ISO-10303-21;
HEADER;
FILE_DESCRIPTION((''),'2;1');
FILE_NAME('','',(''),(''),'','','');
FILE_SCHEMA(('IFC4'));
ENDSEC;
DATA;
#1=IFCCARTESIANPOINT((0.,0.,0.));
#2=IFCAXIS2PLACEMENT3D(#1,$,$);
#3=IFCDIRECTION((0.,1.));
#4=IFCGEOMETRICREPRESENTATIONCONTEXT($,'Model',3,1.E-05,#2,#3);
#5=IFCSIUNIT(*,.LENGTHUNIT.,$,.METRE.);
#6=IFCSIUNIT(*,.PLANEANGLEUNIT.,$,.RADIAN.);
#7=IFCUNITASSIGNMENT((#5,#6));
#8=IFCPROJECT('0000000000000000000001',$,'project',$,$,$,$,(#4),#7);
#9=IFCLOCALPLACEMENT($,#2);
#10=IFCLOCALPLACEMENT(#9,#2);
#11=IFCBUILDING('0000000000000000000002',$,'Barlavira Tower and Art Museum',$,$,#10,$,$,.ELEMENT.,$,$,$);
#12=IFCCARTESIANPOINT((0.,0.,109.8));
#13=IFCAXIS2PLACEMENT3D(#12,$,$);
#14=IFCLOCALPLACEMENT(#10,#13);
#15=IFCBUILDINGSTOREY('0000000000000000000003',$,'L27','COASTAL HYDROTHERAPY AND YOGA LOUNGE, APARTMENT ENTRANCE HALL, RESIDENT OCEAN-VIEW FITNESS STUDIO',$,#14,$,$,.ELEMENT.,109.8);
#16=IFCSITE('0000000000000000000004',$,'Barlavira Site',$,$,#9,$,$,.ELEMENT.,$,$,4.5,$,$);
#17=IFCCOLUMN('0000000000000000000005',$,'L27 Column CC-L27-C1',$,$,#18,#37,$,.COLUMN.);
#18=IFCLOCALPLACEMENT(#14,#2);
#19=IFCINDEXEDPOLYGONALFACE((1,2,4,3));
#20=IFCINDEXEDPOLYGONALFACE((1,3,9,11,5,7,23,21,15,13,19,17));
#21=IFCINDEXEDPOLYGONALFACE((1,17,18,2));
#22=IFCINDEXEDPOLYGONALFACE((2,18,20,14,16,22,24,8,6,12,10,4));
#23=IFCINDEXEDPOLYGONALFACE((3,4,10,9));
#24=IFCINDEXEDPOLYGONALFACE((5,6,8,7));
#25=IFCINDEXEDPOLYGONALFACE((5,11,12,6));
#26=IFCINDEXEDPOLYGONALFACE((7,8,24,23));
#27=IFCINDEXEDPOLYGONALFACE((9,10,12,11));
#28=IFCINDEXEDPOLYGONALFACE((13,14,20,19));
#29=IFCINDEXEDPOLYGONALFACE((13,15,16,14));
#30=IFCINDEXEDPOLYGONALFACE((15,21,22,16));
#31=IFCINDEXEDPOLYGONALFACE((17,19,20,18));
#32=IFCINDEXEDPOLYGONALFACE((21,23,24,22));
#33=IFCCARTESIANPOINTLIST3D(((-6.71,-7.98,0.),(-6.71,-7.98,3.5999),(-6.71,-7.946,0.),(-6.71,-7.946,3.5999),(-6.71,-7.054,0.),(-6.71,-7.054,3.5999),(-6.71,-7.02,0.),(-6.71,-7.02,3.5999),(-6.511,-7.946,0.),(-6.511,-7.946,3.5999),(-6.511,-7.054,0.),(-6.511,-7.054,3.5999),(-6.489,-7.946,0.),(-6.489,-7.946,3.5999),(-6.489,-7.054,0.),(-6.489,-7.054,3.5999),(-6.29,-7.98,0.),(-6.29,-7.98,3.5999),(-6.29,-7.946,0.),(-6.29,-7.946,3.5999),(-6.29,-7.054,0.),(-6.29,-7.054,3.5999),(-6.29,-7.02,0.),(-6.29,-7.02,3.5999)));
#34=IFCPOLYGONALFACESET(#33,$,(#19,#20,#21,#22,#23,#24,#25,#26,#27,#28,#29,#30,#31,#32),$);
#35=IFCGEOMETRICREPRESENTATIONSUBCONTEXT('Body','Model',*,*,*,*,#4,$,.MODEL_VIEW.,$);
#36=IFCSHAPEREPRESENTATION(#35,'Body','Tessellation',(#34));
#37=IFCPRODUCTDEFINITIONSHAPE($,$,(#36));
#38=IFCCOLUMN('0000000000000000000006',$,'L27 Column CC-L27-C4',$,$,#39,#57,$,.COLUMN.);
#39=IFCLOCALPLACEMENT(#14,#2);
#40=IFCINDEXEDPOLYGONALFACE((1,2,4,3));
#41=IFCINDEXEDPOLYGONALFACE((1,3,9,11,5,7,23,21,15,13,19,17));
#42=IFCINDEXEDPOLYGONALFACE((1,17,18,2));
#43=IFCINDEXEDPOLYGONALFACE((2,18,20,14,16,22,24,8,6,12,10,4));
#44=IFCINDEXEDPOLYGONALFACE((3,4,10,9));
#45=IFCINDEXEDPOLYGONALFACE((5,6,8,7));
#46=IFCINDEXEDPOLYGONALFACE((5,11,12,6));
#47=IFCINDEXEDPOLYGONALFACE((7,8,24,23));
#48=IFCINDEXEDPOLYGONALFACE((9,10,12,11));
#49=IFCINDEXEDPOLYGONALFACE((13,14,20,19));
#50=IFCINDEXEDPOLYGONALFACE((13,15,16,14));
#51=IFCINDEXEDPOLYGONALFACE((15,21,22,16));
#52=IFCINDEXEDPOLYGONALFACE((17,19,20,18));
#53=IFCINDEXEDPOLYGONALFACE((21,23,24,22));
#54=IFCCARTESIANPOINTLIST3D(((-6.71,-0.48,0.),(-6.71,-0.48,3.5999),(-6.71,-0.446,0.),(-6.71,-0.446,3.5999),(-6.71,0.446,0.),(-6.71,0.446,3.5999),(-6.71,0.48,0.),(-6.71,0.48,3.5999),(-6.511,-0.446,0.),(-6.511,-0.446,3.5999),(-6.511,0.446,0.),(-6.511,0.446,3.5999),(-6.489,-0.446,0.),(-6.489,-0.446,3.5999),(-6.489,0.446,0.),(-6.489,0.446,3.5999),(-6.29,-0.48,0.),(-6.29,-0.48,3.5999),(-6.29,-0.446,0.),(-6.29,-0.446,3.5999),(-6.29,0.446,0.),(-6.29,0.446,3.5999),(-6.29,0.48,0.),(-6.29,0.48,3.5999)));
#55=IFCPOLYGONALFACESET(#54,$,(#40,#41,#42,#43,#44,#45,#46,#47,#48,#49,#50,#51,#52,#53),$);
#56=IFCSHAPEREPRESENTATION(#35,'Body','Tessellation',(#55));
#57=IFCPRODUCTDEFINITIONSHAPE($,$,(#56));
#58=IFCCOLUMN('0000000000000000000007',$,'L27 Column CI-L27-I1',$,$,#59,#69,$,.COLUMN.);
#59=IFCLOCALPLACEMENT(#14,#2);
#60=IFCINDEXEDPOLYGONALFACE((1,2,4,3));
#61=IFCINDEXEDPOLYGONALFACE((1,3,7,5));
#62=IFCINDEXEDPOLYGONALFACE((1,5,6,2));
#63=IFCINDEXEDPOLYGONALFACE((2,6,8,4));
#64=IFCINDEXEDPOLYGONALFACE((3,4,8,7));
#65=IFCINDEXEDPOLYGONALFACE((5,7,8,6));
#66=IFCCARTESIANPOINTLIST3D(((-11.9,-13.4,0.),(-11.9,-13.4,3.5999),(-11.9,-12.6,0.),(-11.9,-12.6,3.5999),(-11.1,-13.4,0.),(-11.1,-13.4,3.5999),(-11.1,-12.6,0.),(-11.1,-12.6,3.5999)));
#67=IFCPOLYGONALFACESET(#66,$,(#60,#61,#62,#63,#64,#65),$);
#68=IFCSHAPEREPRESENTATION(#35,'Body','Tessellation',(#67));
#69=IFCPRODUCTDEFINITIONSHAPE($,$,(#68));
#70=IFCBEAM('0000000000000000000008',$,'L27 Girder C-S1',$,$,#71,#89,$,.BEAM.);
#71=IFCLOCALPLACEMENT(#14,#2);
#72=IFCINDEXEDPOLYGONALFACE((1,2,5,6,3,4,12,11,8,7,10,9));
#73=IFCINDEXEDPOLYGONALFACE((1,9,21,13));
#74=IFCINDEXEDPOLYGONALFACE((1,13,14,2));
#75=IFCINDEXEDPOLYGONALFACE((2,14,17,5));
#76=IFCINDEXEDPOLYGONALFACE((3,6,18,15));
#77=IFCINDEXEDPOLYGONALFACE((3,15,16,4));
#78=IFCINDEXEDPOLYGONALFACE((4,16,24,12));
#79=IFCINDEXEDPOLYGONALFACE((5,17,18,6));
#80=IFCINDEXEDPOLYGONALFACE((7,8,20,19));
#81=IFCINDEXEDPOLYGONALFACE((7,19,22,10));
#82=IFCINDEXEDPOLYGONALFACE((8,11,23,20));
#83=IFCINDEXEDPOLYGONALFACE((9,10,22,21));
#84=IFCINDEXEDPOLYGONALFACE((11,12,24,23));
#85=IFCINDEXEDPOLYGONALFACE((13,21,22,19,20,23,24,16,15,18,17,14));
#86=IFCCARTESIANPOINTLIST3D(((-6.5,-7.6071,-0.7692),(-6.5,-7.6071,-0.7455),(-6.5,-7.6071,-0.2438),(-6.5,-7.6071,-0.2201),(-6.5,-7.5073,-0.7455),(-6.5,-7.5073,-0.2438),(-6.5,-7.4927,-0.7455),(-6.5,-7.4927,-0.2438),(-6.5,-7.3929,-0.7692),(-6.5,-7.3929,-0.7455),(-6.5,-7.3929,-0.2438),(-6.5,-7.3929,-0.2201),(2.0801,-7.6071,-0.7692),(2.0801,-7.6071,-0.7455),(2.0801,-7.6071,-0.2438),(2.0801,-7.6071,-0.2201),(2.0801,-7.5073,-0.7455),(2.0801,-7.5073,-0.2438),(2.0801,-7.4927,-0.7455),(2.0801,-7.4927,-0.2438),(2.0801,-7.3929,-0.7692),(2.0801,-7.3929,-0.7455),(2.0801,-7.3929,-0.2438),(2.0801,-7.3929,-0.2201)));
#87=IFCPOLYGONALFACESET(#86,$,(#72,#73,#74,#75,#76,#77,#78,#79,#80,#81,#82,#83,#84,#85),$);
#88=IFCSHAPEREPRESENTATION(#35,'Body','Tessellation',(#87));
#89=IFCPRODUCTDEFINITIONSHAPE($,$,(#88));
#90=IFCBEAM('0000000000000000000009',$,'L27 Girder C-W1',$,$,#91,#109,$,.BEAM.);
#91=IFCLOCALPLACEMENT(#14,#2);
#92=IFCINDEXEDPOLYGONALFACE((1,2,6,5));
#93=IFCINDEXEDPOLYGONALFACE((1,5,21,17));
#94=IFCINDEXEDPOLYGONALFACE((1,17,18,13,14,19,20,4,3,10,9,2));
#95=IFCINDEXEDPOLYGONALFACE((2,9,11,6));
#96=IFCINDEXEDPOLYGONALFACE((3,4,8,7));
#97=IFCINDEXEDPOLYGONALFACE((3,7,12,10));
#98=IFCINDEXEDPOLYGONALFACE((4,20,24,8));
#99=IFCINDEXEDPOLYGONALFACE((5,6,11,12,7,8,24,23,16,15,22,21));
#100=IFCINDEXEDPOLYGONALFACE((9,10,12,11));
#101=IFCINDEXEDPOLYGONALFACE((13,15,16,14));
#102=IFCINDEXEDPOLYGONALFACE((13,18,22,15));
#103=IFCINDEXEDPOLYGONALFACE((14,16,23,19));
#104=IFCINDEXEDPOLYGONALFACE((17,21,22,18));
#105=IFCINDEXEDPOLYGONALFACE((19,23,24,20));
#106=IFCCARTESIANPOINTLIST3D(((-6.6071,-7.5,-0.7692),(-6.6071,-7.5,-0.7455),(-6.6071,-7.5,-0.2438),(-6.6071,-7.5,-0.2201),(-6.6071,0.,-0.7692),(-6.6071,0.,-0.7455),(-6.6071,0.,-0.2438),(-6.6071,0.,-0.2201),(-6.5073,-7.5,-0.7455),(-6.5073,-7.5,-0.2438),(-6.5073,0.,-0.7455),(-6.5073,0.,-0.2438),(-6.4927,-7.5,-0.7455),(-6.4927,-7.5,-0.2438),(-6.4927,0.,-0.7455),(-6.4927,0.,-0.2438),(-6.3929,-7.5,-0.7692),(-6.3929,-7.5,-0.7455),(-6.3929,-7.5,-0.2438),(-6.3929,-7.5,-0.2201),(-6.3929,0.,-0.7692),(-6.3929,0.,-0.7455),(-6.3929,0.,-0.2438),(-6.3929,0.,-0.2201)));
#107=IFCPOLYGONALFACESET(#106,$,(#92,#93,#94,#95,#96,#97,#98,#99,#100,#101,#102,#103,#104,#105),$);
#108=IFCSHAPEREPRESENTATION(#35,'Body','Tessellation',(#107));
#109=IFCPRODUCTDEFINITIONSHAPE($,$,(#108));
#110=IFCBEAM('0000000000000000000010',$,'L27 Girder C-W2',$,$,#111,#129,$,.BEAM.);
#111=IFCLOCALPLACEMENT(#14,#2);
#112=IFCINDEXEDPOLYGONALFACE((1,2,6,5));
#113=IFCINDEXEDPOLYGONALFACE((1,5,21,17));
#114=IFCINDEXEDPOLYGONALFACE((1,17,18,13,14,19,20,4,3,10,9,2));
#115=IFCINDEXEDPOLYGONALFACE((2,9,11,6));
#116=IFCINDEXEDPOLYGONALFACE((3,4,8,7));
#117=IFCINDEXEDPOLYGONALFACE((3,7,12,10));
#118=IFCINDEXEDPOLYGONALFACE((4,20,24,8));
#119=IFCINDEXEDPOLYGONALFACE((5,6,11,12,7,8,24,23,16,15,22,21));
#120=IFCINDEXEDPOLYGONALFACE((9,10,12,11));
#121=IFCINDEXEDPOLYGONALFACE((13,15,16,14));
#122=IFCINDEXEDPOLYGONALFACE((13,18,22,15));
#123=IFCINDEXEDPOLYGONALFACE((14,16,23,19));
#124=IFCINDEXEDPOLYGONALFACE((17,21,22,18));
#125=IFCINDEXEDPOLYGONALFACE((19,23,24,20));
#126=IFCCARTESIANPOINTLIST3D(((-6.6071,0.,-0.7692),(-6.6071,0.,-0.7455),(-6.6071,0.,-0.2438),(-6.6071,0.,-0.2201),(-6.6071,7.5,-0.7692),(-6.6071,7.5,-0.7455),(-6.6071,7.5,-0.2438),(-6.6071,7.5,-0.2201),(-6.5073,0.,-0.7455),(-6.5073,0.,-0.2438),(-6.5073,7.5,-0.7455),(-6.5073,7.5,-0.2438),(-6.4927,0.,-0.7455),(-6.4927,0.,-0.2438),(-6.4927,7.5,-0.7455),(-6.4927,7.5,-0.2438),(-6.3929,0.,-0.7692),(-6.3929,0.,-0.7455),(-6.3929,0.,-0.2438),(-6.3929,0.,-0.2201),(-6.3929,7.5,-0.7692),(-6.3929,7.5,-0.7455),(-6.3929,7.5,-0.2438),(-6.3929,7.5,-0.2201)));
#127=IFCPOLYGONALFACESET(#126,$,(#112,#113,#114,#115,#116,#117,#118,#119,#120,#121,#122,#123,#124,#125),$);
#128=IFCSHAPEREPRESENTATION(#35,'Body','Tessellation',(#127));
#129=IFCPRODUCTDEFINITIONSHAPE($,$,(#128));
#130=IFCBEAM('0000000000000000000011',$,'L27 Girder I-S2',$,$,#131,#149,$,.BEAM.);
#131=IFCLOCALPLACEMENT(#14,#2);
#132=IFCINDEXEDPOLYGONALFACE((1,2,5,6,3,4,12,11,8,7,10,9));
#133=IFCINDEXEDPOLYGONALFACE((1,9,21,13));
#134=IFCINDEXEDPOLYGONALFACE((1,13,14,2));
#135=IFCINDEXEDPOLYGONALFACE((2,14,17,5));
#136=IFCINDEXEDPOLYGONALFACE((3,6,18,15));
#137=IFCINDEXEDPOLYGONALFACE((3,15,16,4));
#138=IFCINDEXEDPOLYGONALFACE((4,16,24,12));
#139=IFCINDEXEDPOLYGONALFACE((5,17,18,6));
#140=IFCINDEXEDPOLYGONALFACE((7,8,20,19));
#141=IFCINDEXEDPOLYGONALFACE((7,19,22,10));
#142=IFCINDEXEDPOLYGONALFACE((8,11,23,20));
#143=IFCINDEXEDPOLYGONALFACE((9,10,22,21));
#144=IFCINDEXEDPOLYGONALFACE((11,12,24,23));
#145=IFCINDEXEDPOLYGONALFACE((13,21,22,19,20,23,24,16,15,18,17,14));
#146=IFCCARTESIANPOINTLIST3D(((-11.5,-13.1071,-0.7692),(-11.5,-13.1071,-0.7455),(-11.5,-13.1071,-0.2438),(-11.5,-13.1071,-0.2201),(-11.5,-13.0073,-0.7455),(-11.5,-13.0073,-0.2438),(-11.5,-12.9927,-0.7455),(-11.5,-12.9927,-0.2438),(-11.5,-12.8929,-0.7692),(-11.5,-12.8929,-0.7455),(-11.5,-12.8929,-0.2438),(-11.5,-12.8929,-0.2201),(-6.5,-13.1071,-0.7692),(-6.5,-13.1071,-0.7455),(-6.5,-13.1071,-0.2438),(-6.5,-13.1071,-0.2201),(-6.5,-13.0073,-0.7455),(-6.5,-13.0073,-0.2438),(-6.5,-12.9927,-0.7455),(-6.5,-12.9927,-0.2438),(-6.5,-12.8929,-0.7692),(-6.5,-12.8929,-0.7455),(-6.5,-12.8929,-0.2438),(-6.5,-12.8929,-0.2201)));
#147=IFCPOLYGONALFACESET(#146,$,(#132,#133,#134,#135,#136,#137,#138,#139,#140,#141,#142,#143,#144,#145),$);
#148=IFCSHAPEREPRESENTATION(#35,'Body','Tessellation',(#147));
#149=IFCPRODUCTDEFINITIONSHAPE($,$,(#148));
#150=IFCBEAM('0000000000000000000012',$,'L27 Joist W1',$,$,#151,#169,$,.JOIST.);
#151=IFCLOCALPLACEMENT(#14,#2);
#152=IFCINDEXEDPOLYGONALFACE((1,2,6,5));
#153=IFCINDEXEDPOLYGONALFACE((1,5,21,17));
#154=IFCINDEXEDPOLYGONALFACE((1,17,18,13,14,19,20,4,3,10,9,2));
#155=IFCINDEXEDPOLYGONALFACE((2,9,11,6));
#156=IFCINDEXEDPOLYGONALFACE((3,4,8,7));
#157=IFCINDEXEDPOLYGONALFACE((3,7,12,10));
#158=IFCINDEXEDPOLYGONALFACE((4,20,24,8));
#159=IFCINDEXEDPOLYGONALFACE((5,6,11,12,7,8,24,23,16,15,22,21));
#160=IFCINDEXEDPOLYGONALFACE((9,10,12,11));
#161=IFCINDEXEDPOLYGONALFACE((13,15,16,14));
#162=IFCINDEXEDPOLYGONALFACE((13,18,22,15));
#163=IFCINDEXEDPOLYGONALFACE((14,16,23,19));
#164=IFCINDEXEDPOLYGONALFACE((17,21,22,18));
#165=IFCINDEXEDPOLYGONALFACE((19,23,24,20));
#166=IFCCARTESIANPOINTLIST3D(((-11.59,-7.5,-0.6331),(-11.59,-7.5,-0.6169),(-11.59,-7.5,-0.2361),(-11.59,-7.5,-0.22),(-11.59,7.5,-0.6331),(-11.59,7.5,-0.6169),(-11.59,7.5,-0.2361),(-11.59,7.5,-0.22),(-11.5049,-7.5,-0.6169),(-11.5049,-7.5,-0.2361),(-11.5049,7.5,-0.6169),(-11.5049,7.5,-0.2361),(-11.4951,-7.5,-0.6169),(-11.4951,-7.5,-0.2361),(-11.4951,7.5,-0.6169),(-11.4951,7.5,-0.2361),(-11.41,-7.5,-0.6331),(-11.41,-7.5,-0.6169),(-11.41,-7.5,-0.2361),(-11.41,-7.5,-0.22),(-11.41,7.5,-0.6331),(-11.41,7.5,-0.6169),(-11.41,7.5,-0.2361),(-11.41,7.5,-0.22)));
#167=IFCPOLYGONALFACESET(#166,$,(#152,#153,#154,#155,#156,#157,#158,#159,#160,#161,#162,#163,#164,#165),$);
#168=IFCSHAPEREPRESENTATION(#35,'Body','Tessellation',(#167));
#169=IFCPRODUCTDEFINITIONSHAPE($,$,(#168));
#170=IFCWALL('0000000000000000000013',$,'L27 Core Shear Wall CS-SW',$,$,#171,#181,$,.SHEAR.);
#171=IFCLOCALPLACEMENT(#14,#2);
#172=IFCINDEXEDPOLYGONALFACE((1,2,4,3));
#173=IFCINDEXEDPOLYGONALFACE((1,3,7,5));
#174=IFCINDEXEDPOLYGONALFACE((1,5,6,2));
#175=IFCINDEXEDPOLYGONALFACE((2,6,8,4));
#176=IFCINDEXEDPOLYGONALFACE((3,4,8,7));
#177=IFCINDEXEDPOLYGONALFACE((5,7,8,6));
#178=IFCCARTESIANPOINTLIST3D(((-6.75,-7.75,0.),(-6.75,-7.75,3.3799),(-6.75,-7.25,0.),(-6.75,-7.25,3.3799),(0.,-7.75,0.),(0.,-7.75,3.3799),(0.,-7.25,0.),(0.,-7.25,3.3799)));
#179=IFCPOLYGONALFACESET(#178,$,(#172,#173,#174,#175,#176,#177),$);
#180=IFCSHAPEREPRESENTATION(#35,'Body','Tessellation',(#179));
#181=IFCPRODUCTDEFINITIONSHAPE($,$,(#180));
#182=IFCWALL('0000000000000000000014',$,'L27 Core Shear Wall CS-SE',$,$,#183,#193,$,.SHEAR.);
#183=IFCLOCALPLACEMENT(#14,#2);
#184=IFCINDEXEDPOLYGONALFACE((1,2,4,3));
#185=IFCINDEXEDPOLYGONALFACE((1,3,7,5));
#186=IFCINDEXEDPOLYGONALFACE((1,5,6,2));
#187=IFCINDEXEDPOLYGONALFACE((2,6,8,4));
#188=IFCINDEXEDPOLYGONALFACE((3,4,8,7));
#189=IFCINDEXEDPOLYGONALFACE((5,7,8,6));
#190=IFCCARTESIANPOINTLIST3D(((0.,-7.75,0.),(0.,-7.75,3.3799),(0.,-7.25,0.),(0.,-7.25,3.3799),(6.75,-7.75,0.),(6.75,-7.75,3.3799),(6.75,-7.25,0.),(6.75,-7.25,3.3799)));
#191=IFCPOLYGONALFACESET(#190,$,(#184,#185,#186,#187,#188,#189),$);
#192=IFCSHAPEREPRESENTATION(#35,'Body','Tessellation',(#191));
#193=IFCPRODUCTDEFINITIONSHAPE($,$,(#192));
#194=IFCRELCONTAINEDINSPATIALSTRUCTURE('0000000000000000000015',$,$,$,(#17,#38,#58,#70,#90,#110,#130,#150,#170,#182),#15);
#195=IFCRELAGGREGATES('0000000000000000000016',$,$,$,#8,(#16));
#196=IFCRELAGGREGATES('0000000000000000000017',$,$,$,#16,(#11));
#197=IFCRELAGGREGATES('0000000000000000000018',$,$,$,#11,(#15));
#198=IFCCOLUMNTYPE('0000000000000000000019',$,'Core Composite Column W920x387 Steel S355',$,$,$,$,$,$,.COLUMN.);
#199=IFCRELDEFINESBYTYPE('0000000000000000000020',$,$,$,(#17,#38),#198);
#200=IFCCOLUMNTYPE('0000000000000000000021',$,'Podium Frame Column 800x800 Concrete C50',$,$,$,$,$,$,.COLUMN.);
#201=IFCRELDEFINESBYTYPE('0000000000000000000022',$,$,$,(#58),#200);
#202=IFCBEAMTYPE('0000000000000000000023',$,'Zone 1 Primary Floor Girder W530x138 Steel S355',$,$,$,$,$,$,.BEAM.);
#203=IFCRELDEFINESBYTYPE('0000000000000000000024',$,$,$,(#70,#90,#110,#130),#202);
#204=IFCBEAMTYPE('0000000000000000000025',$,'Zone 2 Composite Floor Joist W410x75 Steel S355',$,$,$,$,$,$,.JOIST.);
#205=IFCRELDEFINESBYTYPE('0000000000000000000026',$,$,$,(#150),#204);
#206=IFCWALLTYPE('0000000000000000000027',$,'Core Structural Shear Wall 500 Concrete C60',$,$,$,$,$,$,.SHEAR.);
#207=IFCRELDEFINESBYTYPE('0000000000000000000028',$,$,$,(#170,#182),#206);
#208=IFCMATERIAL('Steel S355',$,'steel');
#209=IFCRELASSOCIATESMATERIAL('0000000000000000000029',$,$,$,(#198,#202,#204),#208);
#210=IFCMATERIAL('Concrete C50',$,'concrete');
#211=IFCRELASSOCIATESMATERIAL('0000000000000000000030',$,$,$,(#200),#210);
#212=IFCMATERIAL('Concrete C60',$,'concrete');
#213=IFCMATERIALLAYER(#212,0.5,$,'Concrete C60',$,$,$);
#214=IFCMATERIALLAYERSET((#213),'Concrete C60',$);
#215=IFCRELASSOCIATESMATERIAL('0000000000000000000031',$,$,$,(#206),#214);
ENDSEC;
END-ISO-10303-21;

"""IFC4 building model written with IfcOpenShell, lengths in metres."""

from ifc_helpers import new_model, si_unit, direction, frame, frame_2d, origin, origin_2d, place, context, subcontext, project, spatial, rectangle, i_section, extrude, material, layer, layer_set, material_profile, profile_set, type_object, element, save


model = new_model("IFC4")

# Units and contexts
model_context = context("Model", 3, precision=1e-05, world=origin(), true_north=direction((0.0, 1.0)))
body_context = subcontext(model_context, "Body", "Model", "MODEL_VIEW")
ifc_project = project(units=[si_unit("LENGTHUNIT", "METRE"), si_unit("PLANEANGLEUNIT", "RADIAN")], contexts=[model_context])

# Site, building, storey
site_placement = place(None, origin())
site = spatial("IfcSite", under=ifc_project, at=site_placement, Name="Barlavira Site", CompositionType="ELEMENT", RefElevation=4.5)
building_placement = place(site_placement, origin())
building = spatial("IfcBuilding", under=site, at=building_placement, Name="Barlavira Tower and Art Museum", CompositionType="ELEMENT")
storey_placement = place(building_placement, frame((0.0, 0.0, 109.8)))
storey = spatial("IfcBuildingStorey", under=building, at=storey_placement, Name="L27", Description="COASTAL HYDROTHERAPY AND YOGA LOUNGE, APARTMENT ENTRANCE HALL, RESIDENT OCEAN-VIEW FITNESS STUDIO", CompositionType="ELEMENT", Elevation=109.8)

# Columns
ifc_material_1 = material(Name="Steel S355", Category="steel")
ifc_material_profile_1 = material_profile(ifc_material_1, i_section(OverallWidth=0.4199, OverallDepth=0.96, WebThickness=0.022, FlangeThickness=0.0339, at=origin_2d()), Name="W920x387.0")
ifc_profile_set_1 = profile_set([ifc_material_profile_1], Name="Steel S355")
column_type_1 = type_object("IfcColumnType", Name="Core Composite Column W920x387 Steel S355", PredefinedType="COLUMN", material=ifc_profile_set_1)
for number, where, z_axis, x_axis, name in (
    (1, (-6.5, -7.5, 0.0), (0.0, 0.0, 1.0), (1.0, 0.0, 0.0), "L27 Column CC-L27-C1"),
    (2, (-6.5, 0.0, 0.0), (0.0, 0.0, 1.0), (1.0, 0.0, 0.0), "L27 Column CC-L27-C4"),
):
    element("IfcColumn", number, at=place(storey_placement, frame(where, z_axis=z_axis, x_axis=x_axis)), inside=storey, type_object=column_type_1, Name=name, PredefinedType="COLUMN", context=body_context, shape_type="SweptSolid", body=[
        extrude(i_section(OverallWidth=0.4199, OverallDepth=0.96, WebThickness=0.022, FlangeThickness=0.0339, at=origin_2d()), origin(), (0.0, 0.0, 1.0), 3.5999),
    ])
ifc_material_2 = material(Name="Concrete C50", Category="concrete")
ifc_material_profile_2 = material_profile(ifc_material_2, rectangle(XDim=0.8, YDim=0.8, at=origin_2d()), Name="RC-COL 800x800")
ifc_profile_set_2 = profile_set([ifc_material_profile_2], Name="Concrete C50")
column_type_2 = type_object("IfcColumnType", Name="Podium Frame Column 800x800 Concrete C50", PredefinedType="COLUMN", material=ifc_profile_set_2)
column_placement = place(storey_placement, frame((-11.5, -13.0, 0.0), z_axis=(0.0, 0.0, 1.0), x_axis=(1.0, 0.0, 0.0)))
element("IfcColumn", 3, at=column_placement, inside=storey, type_object=column_type_2, Name="L27 Column CI-L27-I1", PredefinedType="COLUMN", context=body_context, shape_type="SweptSolid", body=[
    extrude(rectangle(XDim=0.8, YDim=0.8, at=origin_2d()), origin(), (0.0, 0.0, 1.0), 3.5999),
])

# Beams
ifc_material_profile_3 = material_profile(ifc_material_1, i_section(OverallWidth=0.2141, OverallDepth=0.5491, WebThickness=0.0146, FlangeThickness=0.0237, at=origin_2d()), Name="W530x138.0")
ifc_profile_set_3 = profile_set([ifc_material_profile_3], Name="Steel S355")
beam_type_1 = type_object("IfcBeamType", Name="Zone 1 Primary Floor Girder W530x138 Steel S355", PredefinedType="BEAM", material=ifc_profile_set_3)
beam_1_placement = place(storey_placement, frame((-6.5, -7.5, -0.4946), z_axis=(1.0, 0.0, 0.0), x_axis=(0.0, 1.0, 0.0)))
element("IfcBeam", 4, at=beam_1_placement, inside=storey, type_object=beam_type_1, Name="L27 Girder C-S1", PredefinedType="BEAM", context=body_context, shape_type="SweptSolid", body=[
    extrude(i_section(OverallWidth=0.2141, OverallDepth=0.5491, WebThickness=0.0146, FlangeThickness=0.0237, at=origin_2d()), origin(), (0.0, 0.0, 1.0), 8.5801),
])
for number, where, z_axis, x_axis, name in (
    (5, (-6.5, -7.5, -0.4946), (0.0, 1.0, 0.0), (-1.0, 0.0, 0.0), "L27 Girder C-W1"),
    (6, (-6.5, 0.0, -0.4946), (0.0, 1.0, 0.0), (-1.0, 0.0, 0.0), "L27 Girder C-W2"),
):
    element("IfcBeam", number, at=place(storey_placement, frame(where, z_axis=z_axis, x_axis=x_axis)), inside=storey, type_object=beam_type_1, Name=name, PredefinedType="BEAM", context=body_context, shape_type="SweptSolid", body=[
        extrude(i_section(OverallWidth=0.2141, OverallDepth=0.5491, WebThickness=0.0146, FlangeThickness=0.0237, at=origin_2d()), origin(), (0.0, 0.0, 1.0), 7.5),
    ])
beam_2_placement = place(storey_placement, frame((-11.5, -13.0, -0.4946), z_axis=(1.0, 0.0, 0.0), x_axis=(0.0, 1.0, 0.0)))
element("IfcBeam", 7, at=beam_2_placement, inside=storey, type_object=beam_type_1, Name="L27 Girder I-S2", PredefinedType="BEAM", context=body_context, shape_type="SweptSolid", body=[
    extrude(i_section(OverallWidth=0.2141, OverallDepth=0.5491, WebThickness=0.0146, FlangeThickness=0.0237, at=origin_2d()), origin(), (0.0, 0.0, 1.0), 5.0),
])
ifc_material_profile_4 = material_profile(ifc_material_1, i_section(OverallWidth=0.1799, OverallDepth=0.4131, WebThickness=0.0098, FlangeThickness=0.0161, at=origin_2d()), Name="W410x75.0")
ifc_profile_set_4 = profile_set([ifc_material_profile_4], Name="Steel S355")
beam_type_2 = type_object("IfcBeamType", Name="Zone 2 Composite Floor Joist W410x75 Steel S355", PredefinedType="JOIST", material=ifc_profile_set_4)
beam_3_placement = place(storey_placement, frame((-11.5, -7.5, -0.4265), z_axis=(0.0, 1.0, 0.0), x_axis=(-1.0, 0.0, 0.0)))
element("IfcBeam", 8, at=beam_3_placement, inside=storey, type_object=beam_type_2, Name="L27 Joist W1", PredefinedType="JOIST", context=body_context, shape_type="SweptSolid", body=[
    extrude(i_section(OverallWidth=0.1799, OverallDepth=0.4131, WebThickness=0.0098, FlangeThickness=0.0161, at=origin_2d()), origin(), (0.0, 0.0, 1.0), 15.0),
])

# Walls
ifc_material_3 = material(Name="Concrete C60", Category="concrete")
ifc_layer_1 = layer(ifc_material_3, 0.5, Name="Concrete C60")
ifc_layer_set_1 = layer_set([ifc_layer_1], Name="Concrete C60")
wall_type_1 = type_object("IfcWallType", Name="Core Structural Shear Wall 500 Concrete C60", PredefinedType="SHEAR", material=ifc_layer_set_1)
for number, where, z_axis, x_axis, name in (
    (9, (-6.75, -7.5, 0.0), (0.0, 0.0, 1.0), (1.0, 0.0, 0.0), "L27 Core Shear Wall CS-SW"),
    (10, (0.0, -7.5, 0.0), (0.0, 0.0, 1.0), (1.0, 0.0, 0.0), "L27 Core Shear Wall CS-SE"),
):
    element("IfcWall", number, at=place(storey_placement, frame(where, z_axis=z_axis, x_axis=x_axis)), inside=storey, type_object=wall_type_1, Name=name, PredefinedType="SHEAR", context=body_context, shape_type="SweptSolid", body=[
        extrude(rectangle(XDim=6.75, YDim=0.5, at=frame_2d((3.375, 0.0))), origin(), (0.0, 0.0, 1.0), 3.3799),
    ])

save(model, "model.ifc")
